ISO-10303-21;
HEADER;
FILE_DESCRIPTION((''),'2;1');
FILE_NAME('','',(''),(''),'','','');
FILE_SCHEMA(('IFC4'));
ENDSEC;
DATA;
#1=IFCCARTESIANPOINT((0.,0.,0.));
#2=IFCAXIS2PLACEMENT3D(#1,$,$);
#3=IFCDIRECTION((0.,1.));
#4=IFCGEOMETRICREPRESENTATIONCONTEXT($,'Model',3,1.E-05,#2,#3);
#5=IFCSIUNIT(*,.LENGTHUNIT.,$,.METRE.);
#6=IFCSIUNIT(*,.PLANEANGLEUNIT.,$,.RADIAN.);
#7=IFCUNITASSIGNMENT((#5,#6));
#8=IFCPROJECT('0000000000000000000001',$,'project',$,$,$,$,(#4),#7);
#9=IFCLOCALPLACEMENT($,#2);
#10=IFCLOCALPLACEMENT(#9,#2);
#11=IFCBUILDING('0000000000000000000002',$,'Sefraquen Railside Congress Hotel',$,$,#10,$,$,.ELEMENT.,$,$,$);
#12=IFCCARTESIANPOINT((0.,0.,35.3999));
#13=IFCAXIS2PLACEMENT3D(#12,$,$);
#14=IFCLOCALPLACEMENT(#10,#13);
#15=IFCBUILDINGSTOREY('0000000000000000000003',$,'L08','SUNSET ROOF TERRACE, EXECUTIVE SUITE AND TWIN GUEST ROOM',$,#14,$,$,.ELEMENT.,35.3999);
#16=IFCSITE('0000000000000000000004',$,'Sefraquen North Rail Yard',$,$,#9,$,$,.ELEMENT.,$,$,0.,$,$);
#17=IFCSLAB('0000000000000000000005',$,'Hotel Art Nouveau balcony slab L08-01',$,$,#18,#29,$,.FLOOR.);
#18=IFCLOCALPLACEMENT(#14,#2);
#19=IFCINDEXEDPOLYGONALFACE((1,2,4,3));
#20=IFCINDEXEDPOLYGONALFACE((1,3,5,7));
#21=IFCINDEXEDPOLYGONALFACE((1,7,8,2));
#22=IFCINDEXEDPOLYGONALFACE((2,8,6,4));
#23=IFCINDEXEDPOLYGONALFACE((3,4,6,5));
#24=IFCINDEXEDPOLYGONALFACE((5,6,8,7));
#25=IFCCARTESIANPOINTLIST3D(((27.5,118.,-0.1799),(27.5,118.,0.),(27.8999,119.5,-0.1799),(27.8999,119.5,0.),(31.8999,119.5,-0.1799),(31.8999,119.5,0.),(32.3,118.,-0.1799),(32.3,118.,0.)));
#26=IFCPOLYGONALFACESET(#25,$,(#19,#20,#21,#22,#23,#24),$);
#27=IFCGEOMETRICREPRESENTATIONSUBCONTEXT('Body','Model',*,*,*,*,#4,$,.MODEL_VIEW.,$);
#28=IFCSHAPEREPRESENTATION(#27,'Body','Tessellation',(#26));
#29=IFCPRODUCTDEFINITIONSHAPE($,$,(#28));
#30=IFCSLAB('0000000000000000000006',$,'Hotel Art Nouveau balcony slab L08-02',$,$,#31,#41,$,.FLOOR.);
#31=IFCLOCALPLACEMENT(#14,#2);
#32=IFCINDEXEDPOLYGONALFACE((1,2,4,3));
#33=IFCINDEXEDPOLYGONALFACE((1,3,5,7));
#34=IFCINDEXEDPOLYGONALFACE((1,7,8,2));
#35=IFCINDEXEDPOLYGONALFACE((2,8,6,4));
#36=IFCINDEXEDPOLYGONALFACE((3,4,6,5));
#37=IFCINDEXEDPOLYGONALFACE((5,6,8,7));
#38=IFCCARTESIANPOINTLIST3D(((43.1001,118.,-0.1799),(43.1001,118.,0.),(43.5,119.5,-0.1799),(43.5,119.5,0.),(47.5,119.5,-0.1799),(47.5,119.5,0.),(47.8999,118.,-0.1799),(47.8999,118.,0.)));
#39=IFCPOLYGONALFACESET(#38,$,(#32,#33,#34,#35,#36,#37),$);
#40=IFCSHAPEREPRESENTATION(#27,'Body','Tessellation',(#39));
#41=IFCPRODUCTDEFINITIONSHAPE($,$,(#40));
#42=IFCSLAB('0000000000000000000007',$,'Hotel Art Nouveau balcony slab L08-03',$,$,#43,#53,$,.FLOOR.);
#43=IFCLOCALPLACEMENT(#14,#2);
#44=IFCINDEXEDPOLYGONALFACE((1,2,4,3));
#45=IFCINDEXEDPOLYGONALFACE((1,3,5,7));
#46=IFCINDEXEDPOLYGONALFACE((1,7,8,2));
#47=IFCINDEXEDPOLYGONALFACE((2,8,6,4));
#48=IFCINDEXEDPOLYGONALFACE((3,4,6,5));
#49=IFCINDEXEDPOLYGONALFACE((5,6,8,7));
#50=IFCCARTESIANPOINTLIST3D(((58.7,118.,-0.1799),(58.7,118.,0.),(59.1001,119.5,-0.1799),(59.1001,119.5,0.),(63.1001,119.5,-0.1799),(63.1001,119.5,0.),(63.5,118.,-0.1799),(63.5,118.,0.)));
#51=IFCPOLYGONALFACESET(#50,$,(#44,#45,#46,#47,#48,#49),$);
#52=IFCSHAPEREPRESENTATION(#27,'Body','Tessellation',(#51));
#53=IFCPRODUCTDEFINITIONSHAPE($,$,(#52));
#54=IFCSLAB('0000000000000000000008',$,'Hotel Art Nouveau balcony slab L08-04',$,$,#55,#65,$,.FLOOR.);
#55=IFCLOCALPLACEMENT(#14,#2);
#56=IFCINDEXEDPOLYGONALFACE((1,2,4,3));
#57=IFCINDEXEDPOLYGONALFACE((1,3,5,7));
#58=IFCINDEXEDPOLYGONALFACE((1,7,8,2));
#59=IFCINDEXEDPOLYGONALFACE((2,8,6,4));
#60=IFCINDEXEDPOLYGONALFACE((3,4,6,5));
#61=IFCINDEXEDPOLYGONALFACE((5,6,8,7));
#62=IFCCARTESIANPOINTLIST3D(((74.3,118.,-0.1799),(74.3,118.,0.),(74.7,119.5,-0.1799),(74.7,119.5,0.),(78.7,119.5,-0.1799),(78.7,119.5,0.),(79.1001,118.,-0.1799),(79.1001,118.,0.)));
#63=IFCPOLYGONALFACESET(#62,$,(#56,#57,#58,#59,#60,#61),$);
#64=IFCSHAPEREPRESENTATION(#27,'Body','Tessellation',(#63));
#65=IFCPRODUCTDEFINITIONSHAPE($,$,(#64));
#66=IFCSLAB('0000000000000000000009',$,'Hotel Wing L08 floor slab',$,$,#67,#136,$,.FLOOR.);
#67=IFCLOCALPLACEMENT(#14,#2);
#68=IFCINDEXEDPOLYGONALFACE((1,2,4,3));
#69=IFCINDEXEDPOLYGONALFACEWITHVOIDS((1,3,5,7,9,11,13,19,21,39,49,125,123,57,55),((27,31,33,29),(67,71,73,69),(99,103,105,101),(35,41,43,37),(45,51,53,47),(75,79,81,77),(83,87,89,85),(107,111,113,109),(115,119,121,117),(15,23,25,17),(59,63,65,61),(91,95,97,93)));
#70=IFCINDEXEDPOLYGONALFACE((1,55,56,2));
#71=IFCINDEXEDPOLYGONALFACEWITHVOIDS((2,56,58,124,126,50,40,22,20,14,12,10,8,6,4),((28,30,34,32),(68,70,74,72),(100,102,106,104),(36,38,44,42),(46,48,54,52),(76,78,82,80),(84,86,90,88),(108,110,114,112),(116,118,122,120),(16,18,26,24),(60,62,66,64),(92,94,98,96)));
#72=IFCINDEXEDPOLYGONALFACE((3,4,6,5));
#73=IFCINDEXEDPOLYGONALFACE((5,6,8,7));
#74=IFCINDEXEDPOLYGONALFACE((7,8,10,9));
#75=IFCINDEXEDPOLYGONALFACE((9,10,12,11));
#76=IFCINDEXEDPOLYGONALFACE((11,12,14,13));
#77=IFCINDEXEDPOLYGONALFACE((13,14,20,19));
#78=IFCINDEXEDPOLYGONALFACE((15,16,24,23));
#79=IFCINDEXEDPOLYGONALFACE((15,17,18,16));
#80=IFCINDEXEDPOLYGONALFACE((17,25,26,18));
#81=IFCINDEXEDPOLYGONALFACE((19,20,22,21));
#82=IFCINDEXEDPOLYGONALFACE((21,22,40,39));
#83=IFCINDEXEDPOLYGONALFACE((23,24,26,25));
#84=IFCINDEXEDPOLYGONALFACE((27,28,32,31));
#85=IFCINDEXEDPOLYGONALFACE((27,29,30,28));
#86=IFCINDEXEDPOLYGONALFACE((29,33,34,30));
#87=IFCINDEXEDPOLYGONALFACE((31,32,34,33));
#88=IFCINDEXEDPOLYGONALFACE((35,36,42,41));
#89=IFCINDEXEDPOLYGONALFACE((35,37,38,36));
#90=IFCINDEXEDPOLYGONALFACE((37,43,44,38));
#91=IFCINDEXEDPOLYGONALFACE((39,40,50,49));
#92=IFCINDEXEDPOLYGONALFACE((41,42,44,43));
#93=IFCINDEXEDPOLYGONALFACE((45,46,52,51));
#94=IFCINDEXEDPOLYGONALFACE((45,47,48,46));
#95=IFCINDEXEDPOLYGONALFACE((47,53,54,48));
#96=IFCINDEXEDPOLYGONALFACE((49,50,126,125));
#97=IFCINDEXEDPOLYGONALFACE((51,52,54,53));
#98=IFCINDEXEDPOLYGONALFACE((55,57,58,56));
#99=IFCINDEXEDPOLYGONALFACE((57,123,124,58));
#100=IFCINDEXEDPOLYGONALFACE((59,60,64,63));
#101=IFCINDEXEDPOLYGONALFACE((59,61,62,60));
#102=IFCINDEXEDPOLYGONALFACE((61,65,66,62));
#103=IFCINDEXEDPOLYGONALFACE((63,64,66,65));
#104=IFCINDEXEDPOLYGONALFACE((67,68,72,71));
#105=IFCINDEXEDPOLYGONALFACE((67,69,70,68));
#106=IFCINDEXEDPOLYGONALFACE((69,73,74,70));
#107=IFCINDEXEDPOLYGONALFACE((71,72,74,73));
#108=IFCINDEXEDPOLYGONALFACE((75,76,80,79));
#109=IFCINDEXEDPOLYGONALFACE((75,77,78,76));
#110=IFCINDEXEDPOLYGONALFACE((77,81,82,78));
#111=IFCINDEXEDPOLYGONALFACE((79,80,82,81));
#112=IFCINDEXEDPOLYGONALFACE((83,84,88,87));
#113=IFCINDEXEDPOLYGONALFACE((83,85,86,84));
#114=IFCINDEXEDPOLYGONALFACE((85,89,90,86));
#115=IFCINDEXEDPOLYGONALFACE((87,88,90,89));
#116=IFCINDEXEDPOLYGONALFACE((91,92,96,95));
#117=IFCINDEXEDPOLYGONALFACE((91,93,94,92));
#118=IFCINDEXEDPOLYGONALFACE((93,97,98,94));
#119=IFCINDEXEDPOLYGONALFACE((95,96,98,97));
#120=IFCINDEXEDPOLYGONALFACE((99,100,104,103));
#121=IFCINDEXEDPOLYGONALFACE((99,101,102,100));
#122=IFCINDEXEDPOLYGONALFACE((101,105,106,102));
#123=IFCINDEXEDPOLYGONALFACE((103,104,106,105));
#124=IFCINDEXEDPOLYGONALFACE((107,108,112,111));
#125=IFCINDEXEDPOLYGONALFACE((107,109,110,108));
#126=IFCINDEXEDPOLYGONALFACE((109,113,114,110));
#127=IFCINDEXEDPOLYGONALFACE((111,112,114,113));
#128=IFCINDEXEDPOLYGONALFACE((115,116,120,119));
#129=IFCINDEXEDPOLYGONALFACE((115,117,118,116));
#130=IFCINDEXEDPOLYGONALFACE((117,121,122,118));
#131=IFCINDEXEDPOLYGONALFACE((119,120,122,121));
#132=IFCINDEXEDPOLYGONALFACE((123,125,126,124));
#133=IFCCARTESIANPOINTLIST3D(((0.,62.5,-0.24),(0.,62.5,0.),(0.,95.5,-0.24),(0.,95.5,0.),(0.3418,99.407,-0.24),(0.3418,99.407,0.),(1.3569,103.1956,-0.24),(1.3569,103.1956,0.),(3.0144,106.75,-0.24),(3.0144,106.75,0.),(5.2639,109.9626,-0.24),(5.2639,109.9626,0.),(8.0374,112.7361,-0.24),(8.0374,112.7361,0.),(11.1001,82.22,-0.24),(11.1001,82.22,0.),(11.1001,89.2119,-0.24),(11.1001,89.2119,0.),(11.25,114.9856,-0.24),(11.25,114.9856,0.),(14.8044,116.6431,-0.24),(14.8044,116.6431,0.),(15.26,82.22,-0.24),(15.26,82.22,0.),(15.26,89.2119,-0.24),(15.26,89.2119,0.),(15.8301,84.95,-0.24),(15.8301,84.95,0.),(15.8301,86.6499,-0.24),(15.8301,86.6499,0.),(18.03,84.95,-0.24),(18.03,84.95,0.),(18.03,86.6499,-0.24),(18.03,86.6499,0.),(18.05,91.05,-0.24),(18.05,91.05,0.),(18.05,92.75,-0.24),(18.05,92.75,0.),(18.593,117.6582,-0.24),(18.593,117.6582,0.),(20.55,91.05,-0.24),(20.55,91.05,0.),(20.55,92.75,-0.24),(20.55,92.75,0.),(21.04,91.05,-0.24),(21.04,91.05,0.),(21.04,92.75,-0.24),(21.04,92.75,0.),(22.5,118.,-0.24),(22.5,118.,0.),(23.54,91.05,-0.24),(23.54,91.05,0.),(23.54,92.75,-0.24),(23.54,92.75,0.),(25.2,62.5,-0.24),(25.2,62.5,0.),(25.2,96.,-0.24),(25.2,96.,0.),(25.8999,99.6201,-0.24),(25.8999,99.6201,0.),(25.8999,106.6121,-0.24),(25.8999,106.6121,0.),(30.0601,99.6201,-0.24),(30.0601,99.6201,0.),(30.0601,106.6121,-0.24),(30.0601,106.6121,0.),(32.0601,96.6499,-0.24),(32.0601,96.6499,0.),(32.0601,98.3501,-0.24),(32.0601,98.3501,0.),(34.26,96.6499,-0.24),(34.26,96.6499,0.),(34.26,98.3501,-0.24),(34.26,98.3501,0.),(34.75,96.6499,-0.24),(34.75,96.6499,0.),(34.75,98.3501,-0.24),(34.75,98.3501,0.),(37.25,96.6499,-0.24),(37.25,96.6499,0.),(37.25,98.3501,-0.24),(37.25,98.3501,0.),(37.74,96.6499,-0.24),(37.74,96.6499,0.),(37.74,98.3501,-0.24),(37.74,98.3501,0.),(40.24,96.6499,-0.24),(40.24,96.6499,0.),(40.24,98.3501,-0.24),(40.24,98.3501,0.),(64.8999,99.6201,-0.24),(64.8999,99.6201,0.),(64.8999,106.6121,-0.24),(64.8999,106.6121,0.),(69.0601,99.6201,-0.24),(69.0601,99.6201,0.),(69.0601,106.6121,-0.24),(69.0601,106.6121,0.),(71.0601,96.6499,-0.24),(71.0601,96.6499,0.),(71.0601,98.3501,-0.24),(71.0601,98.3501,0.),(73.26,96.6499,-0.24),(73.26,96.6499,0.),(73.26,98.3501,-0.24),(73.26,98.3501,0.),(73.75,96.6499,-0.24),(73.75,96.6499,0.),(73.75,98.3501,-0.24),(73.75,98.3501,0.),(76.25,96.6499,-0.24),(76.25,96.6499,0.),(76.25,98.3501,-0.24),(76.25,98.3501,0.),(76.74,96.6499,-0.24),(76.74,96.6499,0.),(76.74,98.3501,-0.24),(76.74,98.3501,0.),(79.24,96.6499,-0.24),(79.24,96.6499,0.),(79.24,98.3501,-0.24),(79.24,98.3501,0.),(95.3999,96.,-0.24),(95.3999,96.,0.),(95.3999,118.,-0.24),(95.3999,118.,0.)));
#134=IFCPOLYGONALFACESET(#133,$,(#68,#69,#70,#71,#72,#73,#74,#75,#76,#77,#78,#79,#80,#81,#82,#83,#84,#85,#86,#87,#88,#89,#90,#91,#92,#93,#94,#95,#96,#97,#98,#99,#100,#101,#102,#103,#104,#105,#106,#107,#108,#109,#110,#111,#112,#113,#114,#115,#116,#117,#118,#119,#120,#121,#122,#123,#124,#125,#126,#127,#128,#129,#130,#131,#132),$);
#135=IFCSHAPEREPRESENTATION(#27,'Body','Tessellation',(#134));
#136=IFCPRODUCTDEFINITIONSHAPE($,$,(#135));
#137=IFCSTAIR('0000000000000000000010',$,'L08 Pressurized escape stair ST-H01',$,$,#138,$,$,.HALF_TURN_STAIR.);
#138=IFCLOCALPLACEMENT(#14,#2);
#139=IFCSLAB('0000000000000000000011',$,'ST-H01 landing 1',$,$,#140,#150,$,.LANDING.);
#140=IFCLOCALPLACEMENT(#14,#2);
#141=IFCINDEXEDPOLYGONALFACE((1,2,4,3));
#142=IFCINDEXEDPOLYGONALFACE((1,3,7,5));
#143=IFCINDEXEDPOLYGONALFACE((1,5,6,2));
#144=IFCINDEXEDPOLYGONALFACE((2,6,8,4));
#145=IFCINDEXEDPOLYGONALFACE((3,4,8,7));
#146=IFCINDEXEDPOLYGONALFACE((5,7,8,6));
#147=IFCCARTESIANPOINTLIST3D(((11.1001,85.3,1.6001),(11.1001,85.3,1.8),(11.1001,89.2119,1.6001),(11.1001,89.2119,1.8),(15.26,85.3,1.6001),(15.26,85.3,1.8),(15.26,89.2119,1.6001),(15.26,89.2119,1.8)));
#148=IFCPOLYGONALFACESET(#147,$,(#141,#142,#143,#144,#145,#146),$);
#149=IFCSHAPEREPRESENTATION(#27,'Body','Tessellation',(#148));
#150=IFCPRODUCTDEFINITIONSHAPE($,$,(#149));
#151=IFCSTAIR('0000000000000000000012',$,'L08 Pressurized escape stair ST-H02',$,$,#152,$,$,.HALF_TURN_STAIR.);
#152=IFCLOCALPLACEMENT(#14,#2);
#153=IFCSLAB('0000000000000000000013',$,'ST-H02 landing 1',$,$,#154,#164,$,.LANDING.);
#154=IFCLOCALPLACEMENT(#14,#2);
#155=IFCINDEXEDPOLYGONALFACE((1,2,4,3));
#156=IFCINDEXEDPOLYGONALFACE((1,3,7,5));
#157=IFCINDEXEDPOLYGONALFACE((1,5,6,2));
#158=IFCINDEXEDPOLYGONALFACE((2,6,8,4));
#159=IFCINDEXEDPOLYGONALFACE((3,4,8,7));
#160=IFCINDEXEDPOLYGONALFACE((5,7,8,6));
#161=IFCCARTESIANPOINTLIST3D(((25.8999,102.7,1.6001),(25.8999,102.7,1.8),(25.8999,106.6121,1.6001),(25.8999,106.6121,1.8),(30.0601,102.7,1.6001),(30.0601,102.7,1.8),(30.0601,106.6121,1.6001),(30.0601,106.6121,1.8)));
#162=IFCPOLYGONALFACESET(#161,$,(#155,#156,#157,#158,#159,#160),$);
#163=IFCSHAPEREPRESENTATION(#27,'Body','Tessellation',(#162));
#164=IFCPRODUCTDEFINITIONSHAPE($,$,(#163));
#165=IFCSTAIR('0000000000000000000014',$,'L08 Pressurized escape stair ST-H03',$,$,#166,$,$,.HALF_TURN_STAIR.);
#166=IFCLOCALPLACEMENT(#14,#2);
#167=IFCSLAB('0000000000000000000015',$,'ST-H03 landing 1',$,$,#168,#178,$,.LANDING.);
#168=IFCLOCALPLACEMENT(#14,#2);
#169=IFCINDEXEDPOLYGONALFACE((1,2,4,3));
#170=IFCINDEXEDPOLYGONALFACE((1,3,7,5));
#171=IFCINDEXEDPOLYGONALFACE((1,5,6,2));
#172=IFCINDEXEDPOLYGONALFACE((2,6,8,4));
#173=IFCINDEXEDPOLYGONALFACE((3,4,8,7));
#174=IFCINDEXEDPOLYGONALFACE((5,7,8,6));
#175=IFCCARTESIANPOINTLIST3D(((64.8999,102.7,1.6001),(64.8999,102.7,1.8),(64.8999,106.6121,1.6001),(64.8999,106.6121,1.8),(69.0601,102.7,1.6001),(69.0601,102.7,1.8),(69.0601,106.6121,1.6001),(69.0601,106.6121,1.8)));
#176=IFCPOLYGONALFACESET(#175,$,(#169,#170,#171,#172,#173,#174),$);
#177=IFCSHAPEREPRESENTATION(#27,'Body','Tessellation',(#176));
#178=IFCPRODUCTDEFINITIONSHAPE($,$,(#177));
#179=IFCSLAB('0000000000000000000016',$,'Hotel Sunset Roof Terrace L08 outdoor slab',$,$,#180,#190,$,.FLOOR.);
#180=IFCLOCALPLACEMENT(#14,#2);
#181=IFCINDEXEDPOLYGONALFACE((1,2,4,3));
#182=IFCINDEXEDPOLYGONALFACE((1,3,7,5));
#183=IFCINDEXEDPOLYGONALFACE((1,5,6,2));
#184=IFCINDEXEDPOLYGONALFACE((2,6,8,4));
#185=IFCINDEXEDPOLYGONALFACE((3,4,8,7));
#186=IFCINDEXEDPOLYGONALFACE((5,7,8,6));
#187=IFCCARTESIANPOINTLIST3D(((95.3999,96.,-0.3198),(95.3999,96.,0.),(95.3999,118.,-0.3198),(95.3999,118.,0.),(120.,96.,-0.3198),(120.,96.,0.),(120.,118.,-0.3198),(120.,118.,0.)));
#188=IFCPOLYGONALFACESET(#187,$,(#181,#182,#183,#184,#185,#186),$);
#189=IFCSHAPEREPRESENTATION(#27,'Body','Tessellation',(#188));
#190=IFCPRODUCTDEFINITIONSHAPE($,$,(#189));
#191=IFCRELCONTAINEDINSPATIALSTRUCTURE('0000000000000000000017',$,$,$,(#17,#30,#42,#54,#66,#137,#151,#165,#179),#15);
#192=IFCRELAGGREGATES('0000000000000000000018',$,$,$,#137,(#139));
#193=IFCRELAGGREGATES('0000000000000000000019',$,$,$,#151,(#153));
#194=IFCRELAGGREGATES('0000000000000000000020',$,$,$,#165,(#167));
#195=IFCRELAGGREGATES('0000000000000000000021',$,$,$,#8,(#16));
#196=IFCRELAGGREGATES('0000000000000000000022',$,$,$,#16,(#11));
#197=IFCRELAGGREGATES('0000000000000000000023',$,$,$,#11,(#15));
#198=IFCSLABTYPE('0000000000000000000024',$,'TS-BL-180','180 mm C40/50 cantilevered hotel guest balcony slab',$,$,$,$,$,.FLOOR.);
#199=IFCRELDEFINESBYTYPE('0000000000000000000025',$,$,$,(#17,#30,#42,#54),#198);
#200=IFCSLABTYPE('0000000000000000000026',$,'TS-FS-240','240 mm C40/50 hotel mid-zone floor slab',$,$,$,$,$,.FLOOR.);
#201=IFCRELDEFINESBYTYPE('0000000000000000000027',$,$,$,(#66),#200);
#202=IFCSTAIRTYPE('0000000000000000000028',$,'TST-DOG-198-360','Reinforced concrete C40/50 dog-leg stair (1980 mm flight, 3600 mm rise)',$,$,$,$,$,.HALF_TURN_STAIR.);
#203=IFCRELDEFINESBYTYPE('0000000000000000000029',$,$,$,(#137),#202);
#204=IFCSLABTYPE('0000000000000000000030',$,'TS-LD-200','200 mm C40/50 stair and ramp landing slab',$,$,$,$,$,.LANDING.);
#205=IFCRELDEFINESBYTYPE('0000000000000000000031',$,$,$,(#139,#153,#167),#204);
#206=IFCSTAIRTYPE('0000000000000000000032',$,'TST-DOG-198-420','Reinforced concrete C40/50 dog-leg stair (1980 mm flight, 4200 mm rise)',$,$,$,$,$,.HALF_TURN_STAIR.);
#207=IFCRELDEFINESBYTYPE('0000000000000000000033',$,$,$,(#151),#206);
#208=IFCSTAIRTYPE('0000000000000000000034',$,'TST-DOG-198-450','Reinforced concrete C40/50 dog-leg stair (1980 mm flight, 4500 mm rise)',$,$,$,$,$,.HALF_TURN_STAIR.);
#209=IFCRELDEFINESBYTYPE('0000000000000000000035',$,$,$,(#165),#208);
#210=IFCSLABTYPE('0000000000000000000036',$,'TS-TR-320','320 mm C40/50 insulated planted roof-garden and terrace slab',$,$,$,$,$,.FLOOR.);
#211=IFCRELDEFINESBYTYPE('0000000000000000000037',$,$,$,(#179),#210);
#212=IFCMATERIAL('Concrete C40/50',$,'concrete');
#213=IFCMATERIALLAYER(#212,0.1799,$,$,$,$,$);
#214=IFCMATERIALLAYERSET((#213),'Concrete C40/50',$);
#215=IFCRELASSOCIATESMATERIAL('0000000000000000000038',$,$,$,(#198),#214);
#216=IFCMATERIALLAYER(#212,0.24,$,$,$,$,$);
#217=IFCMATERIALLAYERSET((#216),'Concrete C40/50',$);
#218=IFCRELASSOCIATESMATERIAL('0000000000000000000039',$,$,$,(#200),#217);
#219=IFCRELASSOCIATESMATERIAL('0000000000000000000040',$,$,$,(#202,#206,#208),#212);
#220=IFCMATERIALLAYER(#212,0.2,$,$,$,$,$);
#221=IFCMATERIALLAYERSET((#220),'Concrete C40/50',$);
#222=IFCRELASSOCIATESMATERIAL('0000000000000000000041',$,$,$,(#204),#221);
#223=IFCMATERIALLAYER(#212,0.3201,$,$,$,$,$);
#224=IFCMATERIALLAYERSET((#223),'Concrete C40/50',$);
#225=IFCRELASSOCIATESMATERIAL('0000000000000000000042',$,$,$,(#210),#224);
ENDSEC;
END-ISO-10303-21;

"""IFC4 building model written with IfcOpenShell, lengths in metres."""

from ifc_helpers import new_model, si_unit, direction, frame, origin, place, context, subcontext, project, spatial, polyline, outline, extrude, material, layer, layer_set, type_object, element, aggregate, save


model = new_model("IFC4")

# Units and contexts
model_context = context("Model", 3, precision=1e-05, world=origin(), true_north=direction((0.0, 1.0)))
body_context = subcontext(model_context, "Body", "Model", "MODEL_VIEW")
ifc_project = project(units=[si_unit("LENGTHUNIT", "METRE"), si_unit("PLANEANGLEUNIT", "RADIAN")], contexts=[model_context])

# Site, building, storey
site_placement = place(None, origin())
site = spatial("IfcSite", under=ifc_project, at=site_placement, Name="Sefraquen North Rail Yard", CompositionType="ELEMENT", RefElevation=0.0)
building_placement = place(site_placement, origin())
building = spatial("IfcBuilding", under=site, at=building_placement, Name="Sefraquen Railside Congress Hotel", CompositionType="ELEMENT")
storey_placement = place(building_placement, frame((0.0, 0.0, 35.3999)))
storey = spatial("IfcBuildingStorey", under=building, at=storey_placement, Name="L08", Description="SUNSET ROOF TERRACE, EXECUTIVE SUITE AND TWIN GUEST ROOM", CompositionType="ELEMENT", Elevation=35.3999)

# Slabs
ifc_material_1 = material(Name="Concrete C40/50", Category="concrete")
ifc_layer_1 = layer(ifc_material_1, 0.1799)
ifc_layer_set_1 = layer_set([ifc_layer_1], Name="Concrete C40/50")
slab_type_1 = type_object("IfcSlabType", Name="TS-BL-180", Description="180 mm C40/50 cantilevered hotel guest balcony slab", PredefinedType="FLOOR", material=ifc_layer_set_1)
slab_1_placement = place(storey_placement, frame((0.0, 0.0, -0.1799)))
element("IfcSlab", 1, at=slab_1_placement, inside=storey, type_object=slab_type_1, Name="Hotel Art Nouveau balcony slab L08-01", PredefinedType="FLOOR", context=body_context, shape_type="SweptSolid", body=[
    extrude(outline(polyline([(27.5, 118.0), (32.3, 118.0), (31.8999, 119.5), (27.8999, 119.5), (27.5, 118.0)])), origin(), (0.0, 0.0, 1.0), 0.1799),
])
slab_2_placement = place(storey_placement, frame((0.0, 0.0, -0.1799)))
element("IfcSlab", 2, at=slab_2_placement, inside=storey, type_object=slab_type_1, Name="Hotel Art Nouveau balcony slab L08-02", PredefinedType="FLOOR", context=body_context, shape_type="SweptSolid", body=[
    extrude(outline(polyline([(43.1001, 118.0), (47.8999, 118.0), (47.5, 119.5), (43.5, 119.5), (43.1001, 118.0)])), origin(), (0.0, 0.0, 1.0), 0.1799),
])
slab_3_placement = place(storey_placement, frame((0.0, 0.0, -0.1799)))
element("IfcSlab", 3, at=slab_3_placement, inside=storey, type_object=slab_type_1, Name="Hotel Art Nouveau balcony slab L08-03", PredefinedType="FLOOR", context=body_context, shape_type="SweptSolid", body=[
    extrude(outline(polyline([(58.7, 118.0), (63.5, 118.0), (63.1001, 119.5), (59.1001, 119.5), (58.7, 118.0)])), origin(), (0.0, 0.0, 1.0), 0.1799),
])
slab_4_placement = place(storey_placement, frame((0.0, 0.0, -0.1799)))
element("IfcSlab", 4, at=slab_4_placement, inside=storey, type_object=slab_type_1, Name="Hotel Art Nouveau balcony slab L08-04", PredefinedType="FLOOR", context=body_context, shape_type="SweptSolid", body=[
    extrude(outline(polyline([(74.3, 118.0), (79.1001, 118.0), (78.7, 119.5), (74.7, 119.5), (74.3, 118.0)])), origin(), (0.0, 0.0, 1.0), 0.1799),
])
ifc_layer_2 = layer(ifc_material_1, 0.24)
ifc_layer_set_2 = layer_set([ifc_layer_2], Name="Concrete C40/50")
slab_type_2 = type_object("IfcSlabType", Name="TS-FS-240", Description="240 mm C40/50 hotel mid-zone floor slab", PredefinedType="FLOOR", material=ifc_layer_set_2)
slab_5_placement = place(storey_placement, frame((0.0, 0.0, -0.24)))
element("IfcSlab", 5, at=slab_5_placement, inside=storey, type_object=slab_type_2, Name="Hotel Wing L08 floor slab", PredefinedType="FLOOR", context=body_context, shape_type="SweptSolid", body=[
    extrude(outline(polyline([(0.0, 62.5), (25.2, 62.5), (25.2, 96.0), (95.3999, 96.0), (95.3999, 118.0), (22.5, 118.0), (18.593, 117.6582), (14.8044, 116.6431), (11.25, 114.9856), (8.0374, 112.7361), (5.2639, 109.9626), (3.0144, 106.75), (1.3569, 103.1956), (0.3418, 99.407), (0.0, 95.5), (0.0, 62.5)]), holes=[polyline([(11.1001, 82.22), (15.26, 82.22), (15.26, 89.2119), (11.1001, 89.2119), (11.1001, 82.22)]), polyline([(25.8999, 99.6201), (30.0601, 99.6201), (30.0601, 106.6121), (25.8999, 106.6121), (25.8999, 99.6201)]), polyline([(64.8999, 99.6201), (69.0601, 99.6201), (69.0601, 106.6121), (64.8999, 106.6121), (64.8999, 99.6201)]), polyline([(15.8301, 84.95), (18.03, 84.95), (18.03, 86.6499), (15.8301, 86.6499), (15.8301, 84.95)]), polyline([(32.0601, 96.6499), (34.26, 96.6499), (34.26, 98.3501), (32.0601, 98.3501), (32.0601, 96.6499)]), polyline([(71.0601, 96.6499), (73.26, 96.6499), (73.26, 98.3501), (71.0601, 98.3501), (71.0601, 96.6499)]), polyline([(18.05, 91.05), (20.55, 91.05), (20.55, 92.75), (18.05, 92.75), (18.05, 91.05)]), polyline([(21.04, 91.05), (23.54, 91.05), (23.54, 92.75), (21.04, 92.75), (21.04, 91.05)]), polyline([(34.75, 96.6499), (37.25, 96.6499), (37.25, 98.3501), (34.75, 98.3501), (34.75, 96.6499)]), polyline([(37.74, 96.6499), (40.24, 96.6499), (40.24, 98.3501), (37.74, 98.3501), (37.74, 96.6499)]), polyline([(73.75, 96.6499), (76.25, 96.6499), (76.25, 98.3501), (73.75, 98.3501), (73.75, 96.6499)]), polyline([(76.74, 96.6499), (79.24, 96.6499), (79.24, 98.3501), (76.74, 98.3501), (76.74, 96.6499)])]), origin(), (0.0, 0.0, 1.0), 0.24),
])

# Stairs, slabs
stair_type_1 = type_object("IfcStairType", Name="TST-DOG-198-360", Description="Reinforced concrete C40/50 dog-leg stair (1980 mm flight, 3600 mm rise)", PredefinedType="HALF_TURN_STAIR", material=ifc_material_1)
stair_1_placement = place(storey_placement, origin())
stair_1 = element("IfcStair", 6, at=stair_1_placement, inside=storey, type_object=stair_type_1, Name="L08 Pressurized escape stair ST-H01", PredefinedType="HALF_TURN_STAIR")
ifc_layer_3 = layer(ifc_material_1, 0.2)
ifc_layer_set_3 = layer_set([ifc_layer_3], Name="Concrete C40/50")
slab_type_3 = type_object("IfcSlabType", Name="TS-LD-200", Description="200 mm C40/50 stair and ramp landing slab", PredefinedType="LANDING", material=ifc_layer_set_3)
slab_6_placement = place(storey_placement, frame((0.0, 0.0, 1.6001)))
slab_6 = element("IfcSlab", 7, at=slab_6_placement, type_object=slab_type_3, Name="ST-H01 landing 1", PredefinedType="LANDING", context=body_context, shape_type="SweptSolid", body=[
    extrude(outline(polyline([(15.26, 85.3), (15.26, 89.2119), (11.1001, 89.2119), (11.1001, 85.3), (15.26, 85.3)])), origin(), (0.0, 0.0, 1.0), 0.2),
])
aggregate(stair_1, [slab_6])
stair_type_2 = type_object("IfcStairType", Name="TST-DOG-198-420", Description="Reinforced concrete C40/50 dog-leg stair (1980 mm flight, 4200 mm rise)", PredefinedType="HALF_TURN_STAIR", material=ifc_material_1)
stair_2_placement = place(storey_placement, origin())
stair_2 = element("IfcStair", 8, at=stair_2_placement, inside=storey, type_object=stair_type_2, Name="L08 Pressurized escape stair ST-H02", PredefinedType="HALF_TURN_STAIR")
slab_7_placement = place(storey_placement, frame((0.0, 0.0, 1.6001)))
slab_7 = element("IfcSlab", 9, at=slab_7_placement, type_object=slab_type_3, Name="ST-H02 landing 1", PredefinedType="LANDING", context=body_context, shape_type="SweptSolid", body=[
    extrude(outline(polyline([(30.0601, 102.7), (30.0601, 106.6121), (25.8999, 106.6121), (25.8999, 102.7), (30.0601, 102.7)])), origin(), (0.0, 0.0, 1.0), 0.2),
])
aggregate(stair_2, [slab_7])
stair_type_3 = type_object("IfcStairType", Name="TST-DOG-198-450", Description="Reinforced concrete C40/50 dog-leg stair (1980 mm flight, 4500 mm rise)", PredefinedType="HALF_TURN_STAIR", material=ifc_material_1)
stair_3_placement = place(storey_placement, origin())
stair_3 = element("IfcStair", 10, at=stair_3_placement, inside=storey, type_object=stair_type_3, Name="L08 Pressurized escape stair ST-H03", PredefinedType="HALF_TURN_STAIR")
slab_8_placement = place(storey_placement, frame((0.0, 0.0, 1.6001)))
slab_8 = element("IfcSlab", 11, at=slab_8_placement, type_object=slab_type_3, Name="ST-H03 landing 1", PredefinedType="LANDING", context=body_context, shape_type="SweptSolid", body=[
    extrude(outline(polyline([(69.0601, 102.7), (69.0601, 106.6121), (64.8999, 106.6121), (64.8999, 102.7), (69.0601, 102.7)])), origin(), (0.0, 0.0, 1.0), 0.2),
])
aggregate(stair_3, [slab_8])

# Slab
ifc_layer_4 = layer(ifc_material_1, 0.3201)
ifc_layer_set_4 = layer_set([ifc_layer_4], Name="Concrete C40/50")
slab_type_4 = type_object("IfcSlabType", Name="TS-TR-320", Description="320 mm C40/50 insulated planted roof-garden and terrace slab", PredefinedType="FLOOR", material=ifc_layer_set_4)
slab_9_placement = place(storey_placement, frame((0.0, 0.0, -0.3198)))
element("IfcSlab", 12, at=slab_9_placement, inside=storey, type_object=slab_type_4, Name="Hotel Sunset Roof Terrace L08 outdoor slab", PredefinedType="FLOOR", context=body_context, shape_type="SweptSolid", body=[
    extrude(outline(polyline([(95.3999, 96.0), (120.0, 96.0), (120.0, 118.0), (95.3999, 118.0), (95.3999, 96.0)])), origin(), (0.0, 0.0, 1.0), 0.3198),
])

save(model, "model.ifc")
